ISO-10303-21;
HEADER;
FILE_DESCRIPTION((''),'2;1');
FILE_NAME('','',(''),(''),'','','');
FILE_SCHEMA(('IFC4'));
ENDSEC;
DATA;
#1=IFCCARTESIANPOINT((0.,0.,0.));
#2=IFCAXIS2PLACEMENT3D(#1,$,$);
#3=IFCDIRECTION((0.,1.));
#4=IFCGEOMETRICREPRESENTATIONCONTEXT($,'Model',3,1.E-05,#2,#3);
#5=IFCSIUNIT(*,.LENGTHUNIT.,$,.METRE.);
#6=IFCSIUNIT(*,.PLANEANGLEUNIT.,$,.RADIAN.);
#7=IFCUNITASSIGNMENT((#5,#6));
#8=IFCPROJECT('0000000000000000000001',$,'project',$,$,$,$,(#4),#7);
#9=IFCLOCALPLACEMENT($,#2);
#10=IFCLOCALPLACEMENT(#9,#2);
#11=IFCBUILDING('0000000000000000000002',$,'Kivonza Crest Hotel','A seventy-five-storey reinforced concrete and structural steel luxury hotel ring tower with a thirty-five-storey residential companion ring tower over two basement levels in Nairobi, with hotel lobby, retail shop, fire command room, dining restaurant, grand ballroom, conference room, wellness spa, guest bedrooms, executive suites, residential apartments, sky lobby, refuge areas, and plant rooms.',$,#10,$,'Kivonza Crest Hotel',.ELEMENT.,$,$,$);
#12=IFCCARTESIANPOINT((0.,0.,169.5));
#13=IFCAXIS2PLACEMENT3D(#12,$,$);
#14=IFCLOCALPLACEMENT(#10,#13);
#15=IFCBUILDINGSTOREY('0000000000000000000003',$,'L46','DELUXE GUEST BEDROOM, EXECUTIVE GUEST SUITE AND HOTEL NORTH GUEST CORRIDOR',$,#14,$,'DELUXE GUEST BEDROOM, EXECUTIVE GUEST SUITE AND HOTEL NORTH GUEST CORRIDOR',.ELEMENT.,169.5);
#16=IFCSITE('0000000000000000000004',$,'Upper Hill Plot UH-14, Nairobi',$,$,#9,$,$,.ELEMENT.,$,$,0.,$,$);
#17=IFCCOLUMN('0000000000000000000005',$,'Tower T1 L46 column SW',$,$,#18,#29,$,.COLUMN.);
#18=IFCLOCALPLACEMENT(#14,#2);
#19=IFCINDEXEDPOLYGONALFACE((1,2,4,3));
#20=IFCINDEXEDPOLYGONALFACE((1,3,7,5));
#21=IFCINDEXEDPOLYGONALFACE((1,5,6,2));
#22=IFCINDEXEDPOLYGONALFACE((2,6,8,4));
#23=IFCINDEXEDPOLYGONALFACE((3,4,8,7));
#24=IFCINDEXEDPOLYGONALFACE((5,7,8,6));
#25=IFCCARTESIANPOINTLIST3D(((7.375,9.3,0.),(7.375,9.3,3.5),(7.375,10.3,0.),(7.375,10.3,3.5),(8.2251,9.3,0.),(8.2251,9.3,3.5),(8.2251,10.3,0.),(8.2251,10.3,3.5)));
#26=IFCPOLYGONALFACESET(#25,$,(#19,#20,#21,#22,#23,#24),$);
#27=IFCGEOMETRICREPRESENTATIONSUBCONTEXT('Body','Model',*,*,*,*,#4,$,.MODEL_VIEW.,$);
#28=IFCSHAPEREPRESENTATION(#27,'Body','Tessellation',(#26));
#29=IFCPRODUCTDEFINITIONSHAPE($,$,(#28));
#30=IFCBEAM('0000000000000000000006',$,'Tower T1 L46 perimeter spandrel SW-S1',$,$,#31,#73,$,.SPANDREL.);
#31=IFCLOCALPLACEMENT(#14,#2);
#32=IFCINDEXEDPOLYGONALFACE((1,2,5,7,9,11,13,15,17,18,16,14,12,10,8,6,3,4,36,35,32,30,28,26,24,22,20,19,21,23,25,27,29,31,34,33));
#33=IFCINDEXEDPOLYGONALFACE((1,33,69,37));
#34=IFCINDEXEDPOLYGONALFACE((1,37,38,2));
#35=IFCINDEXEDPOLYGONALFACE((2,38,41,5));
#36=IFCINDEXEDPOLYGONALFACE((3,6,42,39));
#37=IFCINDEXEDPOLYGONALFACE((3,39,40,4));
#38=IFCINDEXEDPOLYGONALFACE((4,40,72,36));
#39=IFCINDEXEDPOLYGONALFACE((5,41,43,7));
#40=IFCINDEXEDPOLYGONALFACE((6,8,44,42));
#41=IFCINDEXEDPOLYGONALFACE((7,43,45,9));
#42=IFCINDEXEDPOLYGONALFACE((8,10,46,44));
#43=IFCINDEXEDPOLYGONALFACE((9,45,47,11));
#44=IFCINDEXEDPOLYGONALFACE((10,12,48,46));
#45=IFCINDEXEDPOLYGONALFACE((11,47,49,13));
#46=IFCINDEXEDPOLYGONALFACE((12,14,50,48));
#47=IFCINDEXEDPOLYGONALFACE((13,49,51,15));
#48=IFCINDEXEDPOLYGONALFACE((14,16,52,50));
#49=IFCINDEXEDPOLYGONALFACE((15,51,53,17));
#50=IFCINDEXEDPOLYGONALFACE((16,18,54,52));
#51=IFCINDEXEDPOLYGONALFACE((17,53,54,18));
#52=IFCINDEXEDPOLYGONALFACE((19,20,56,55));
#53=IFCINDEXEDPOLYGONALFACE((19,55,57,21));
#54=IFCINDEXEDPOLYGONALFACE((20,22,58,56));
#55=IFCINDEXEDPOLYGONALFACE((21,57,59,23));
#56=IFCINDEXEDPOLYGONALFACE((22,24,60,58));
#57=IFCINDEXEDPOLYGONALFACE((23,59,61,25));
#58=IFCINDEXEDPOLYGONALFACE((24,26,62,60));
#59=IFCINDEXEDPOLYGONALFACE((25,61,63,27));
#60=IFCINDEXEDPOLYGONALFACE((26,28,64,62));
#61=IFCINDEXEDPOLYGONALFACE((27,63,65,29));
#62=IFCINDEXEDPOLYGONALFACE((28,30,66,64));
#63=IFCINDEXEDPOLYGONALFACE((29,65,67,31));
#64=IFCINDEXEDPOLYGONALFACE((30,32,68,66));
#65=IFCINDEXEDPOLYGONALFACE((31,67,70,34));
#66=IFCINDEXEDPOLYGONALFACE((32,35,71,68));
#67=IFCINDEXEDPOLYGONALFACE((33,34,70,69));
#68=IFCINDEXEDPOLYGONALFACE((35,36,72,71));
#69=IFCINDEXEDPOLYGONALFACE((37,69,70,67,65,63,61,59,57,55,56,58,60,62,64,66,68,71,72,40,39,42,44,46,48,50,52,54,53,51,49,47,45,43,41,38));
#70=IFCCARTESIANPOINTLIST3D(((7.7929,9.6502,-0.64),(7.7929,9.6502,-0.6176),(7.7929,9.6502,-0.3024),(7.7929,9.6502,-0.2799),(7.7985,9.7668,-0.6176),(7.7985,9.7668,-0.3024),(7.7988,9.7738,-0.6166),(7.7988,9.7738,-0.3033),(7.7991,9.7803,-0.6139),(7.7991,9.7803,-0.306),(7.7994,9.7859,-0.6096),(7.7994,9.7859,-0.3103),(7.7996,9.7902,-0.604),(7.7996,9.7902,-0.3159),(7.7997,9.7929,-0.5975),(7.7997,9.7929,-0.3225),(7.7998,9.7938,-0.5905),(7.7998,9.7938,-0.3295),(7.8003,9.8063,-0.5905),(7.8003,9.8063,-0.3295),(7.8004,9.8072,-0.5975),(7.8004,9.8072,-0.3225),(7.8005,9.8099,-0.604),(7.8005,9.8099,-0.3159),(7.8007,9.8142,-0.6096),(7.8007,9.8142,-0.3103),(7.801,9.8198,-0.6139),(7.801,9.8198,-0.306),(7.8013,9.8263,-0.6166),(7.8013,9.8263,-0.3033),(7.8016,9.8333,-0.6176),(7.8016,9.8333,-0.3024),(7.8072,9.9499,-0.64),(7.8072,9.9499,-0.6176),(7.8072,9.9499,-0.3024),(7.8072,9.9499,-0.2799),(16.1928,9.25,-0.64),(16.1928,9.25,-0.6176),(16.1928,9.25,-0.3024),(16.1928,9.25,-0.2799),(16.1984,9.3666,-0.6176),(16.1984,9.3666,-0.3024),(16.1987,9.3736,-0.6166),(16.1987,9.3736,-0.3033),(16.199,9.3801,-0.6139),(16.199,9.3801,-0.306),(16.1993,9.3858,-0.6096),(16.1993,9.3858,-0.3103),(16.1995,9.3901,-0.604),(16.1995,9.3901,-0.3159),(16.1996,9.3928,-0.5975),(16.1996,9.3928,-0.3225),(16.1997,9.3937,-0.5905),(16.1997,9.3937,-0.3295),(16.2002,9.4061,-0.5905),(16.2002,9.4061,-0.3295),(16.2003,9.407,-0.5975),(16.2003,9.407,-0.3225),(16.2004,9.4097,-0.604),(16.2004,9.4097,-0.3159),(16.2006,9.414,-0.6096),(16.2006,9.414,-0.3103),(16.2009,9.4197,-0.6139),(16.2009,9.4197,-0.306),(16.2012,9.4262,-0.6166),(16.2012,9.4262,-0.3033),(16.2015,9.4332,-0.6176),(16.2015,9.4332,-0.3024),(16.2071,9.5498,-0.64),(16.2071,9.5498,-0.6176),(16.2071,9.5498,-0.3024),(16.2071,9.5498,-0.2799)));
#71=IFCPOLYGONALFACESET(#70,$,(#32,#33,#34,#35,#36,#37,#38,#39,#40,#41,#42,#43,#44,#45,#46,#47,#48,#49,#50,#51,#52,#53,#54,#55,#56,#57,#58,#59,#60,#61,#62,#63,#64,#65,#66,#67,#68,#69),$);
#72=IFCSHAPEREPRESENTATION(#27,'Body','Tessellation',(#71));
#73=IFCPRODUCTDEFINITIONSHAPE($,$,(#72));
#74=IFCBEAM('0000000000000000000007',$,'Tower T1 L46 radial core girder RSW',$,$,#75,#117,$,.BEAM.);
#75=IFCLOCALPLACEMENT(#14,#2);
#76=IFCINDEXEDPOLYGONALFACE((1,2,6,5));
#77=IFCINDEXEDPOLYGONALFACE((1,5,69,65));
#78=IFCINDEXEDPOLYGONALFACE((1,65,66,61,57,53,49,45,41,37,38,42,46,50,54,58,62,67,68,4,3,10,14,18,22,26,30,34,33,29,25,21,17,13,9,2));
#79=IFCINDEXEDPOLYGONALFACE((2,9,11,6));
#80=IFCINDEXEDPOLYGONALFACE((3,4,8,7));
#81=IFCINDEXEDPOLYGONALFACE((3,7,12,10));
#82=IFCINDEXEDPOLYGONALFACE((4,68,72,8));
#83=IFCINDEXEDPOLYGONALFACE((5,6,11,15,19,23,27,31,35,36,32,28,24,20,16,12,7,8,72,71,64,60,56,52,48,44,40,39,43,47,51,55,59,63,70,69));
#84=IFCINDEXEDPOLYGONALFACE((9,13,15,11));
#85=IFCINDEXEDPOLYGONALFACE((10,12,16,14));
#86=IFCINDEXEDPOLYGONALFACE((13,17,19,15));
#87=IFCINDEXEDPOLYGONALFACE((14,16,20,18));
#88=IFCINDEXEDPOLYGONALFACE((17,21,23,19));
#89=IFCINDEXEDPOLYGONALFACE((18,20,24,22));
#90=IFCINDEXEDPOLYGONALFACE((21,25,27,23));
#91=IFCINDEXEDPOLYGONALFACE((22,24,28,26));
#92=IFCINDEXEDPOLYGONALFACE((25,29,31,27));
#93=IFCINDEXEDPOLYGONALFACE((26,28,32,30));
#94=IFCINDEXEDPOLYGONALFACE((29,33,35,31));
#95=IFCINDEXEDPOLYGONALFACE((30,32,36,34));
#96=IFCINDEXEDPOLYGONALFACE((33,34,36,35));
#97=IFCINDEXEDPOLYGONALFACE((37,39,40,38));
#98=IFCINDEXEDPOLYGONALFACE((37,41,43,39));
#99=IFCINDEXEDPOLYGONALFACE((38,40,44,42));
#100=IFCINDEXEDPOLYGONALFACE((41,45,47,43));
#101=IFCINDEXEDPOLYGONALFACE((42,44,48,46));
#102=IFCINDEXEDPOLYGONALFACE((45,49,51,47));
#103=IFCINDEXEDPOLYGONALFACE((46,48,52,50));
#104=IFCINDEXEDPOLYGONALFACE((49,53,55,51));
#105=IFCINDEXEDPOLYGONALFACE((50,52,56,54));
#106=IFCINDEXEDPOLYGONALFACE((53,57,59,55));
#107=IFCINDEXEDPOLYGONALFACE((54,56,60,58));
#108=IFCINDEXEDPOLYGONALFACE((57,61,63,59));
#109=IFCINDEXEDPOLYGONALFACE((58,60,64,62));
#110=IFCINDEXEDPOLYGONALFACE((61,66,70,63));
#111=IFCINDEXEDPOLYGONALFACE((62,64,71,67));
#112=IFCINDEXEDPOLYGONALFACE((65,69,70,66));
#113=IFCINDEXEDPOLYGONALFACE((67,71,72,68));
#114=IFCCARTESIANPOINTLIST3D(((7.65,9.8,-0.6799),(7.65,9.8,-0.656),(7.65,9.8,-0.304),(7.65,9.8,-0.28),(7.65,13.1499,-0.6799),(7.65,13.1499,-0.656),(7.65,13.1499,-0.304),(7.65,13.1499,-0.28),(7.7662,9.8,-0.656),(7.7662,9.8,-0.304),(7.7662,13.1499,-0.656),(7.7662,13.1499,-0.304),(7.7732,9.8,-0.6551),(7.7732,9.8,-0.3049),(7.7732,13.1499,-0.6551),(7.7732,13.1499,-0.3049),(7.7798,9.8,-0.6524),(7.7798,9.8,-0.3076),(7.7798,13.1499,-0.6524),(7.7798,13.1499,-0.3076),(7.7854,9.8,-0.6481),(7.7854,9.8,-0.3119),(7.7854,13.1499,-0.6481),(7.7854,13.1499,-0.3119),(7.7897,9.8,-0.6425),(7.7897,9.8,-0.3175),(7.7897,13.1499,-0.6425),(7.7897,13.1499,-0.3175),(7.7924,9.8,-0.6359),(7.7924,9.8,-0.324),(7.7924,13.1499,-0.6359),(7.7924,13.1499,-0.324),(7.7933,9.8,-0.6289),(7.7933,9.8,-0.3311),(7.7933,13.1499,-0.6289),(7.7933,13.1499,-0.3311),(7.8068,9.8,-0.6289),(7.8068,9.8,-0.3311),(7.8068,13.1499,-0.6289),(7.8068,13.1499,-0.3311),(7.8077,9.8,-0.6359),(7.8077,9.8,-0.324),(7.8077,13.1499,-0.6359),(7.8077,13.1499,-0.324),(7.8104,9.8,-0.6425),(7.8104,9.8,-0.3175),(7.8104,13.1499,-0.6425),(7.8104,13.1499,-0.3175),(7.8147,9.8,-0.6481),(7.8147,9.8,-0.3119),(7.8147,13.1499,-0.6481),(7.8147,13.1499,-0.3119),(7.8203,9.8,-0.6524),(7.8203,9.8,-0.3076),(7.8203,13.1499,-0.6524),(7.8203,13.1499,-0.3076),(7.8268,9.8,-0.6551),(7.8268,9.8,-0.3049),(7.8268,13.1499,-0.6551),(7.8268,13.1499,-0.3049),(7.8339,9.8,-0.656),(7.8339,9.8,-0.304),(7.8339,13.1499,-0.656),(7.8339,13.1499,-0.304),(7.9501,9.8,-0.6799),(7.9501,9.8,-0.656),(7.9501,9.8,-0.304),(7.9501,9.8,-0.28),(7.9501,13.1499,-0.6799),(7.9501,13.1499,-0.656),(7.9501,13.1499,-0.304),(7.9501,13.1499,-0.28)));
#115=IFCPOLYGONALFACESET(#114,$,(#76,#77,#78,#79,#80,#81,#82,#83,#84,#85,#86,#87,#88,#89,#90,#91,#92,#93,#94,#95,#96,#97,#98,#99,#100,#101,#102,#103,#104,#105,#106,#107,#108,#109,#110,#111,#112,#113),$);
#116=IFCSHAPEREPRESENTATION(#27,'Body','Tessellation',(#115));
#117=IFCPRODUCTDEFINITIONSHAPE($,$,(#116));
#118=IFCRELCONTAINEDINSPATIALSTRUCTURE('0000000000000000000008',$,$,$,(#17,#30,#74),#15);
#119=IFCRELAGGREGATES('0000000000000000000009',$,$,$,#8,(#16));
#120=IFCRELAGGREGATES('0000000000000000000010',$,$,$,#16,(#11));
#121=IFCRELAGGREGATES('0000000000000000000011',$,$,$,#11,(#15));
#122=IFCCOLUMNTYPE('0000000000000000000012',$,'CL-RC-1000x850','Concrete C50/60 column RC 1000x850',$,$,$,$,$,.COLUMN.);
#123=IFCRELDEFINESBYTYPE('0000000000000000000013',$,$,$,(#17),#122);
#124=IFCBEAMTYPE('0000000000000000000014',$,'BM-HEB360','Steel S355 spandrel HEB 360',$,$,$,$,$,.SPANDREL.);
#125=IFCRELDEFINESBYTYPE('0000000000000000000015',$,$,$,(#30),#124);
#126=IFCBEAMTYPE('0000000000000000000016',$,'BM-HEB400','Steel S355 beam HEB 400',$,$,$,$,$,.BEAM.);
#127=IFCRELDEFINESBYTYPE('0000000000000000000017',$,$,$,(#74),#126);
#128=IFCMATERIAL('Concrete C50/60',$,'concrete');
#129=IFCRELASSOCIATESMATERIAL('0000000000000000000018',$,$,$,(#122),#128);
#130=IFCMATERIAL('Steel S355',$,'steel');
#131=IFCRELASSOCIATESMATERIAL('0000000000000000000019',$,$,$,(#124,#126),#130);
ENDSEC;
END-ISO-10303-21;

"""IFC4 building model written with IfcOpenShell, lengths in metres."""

from ifc_helpers import new_model, si_unit, direction, frame, origin, origin_2d, place, context, subcontext, project, spatial, rectangle, i_section, extrude, material, material_profile, profile_set, type_object, element, save


model = new_model("IFC4")

# Units and contexts
model_context = context("Model", 3, precision=1e-05, world=origin(), true_north=direction((0.0, 1.0)))
body_context = subcontext(model_context, "Body", "Model", "MODEL_VIEW")
ifc_project = project(units=[si_unit("LENGTHUNIT", "METRE"), si_unit("PLANEANGLEUNIT", "RADIAN")], contexts=[model_context])

# Site, building, storey
site_placement = place(None, origin())
site = spatial("IfcSite", under=ifc_project, at=site_placement, Name="Upper Hill Plot UH-14, Nairobi", CompositionType="ELEMENT", RefElevation=0.0)
building_placement = place(site_placement, origin())
building = spatial("IfcBuilding", under=site, at=building_placement, Name="Kivonza Crest Hotel", Description="A seventy-five-storey reinforced concrete and structural steel luxury hotel ring tower with a thirty-five-storey residential companion ring tower over two basement levels in Nairobi, with hotel lobby, retail shop, fire command room, dining restaurant, grand ballroom, conference room, wellness spa, guest bedrooms, executive suites, residential apartments, sky lobby, refuge areas, and plant rooms.", LongName="Kivonza Crest Hotel", CompositionType="ELEMENT")
storey_placement = place(building_placement, frame((0.0, 0.0, 169.5)))
storey = spatial("IfcBuildingStorey", under=building, at=storey_placement, Name="L46", Description="DELUXE GUEST BEDROOM, EXECUTIVE GUEST SUITE AND HOTEL NORTH GUEST CORRIDOR", LongName="DELUXE GUEST BEDROOM, EXECUTIVE GUEST SUITE AND HOTEL NORTH GUEST CORRIDOR", CompositionType="ELEMENT", Elevation=169.5)

# Column
ifc_material_1 = material(Name="Concrete C50/60", Category="concrete")
ifc_material_profile_1 = material_profile(ifc_material_1, rectangle(XDim=0.8501, YDim=1.0, at=origin_2d()), Name="RC 1000x850")
ifc_profile_set_1 = profile_set([ifc_material_profile_1], Name="Concrete C50/60")
column_type = type_object("IfcColumnType", Name="CL-RC-1000x850", Description="Concrete C50/60 column RC 1000x850", PredefinedType="COLUMN", material=ifc_profile_set_1)
column_placement = place(storey_placement, frame((7.8, 9.8, 0.0), z_axis=(0.0, 0.0, 1.0), x_axis=(1.0, 0.0, 0.0)))
element("IfcColumn", 1, at=column_placement, inside=storey, type_object=column_type, Name="Tower T1 L46 column SW", PredefinedType="COLUMN", context=body_context, shape_type="SweptSolid", body=[
    extrude(rectangle(XDim=0.8501, YDim=1.0, at=origin_2d()), origin(), (0.0, 0.0, 1.0), 3.5),
])

# Beams
ifc_material_2 = material(Name="Steel S355", Category="steel")
ifc_material_profile_2 = material_profile(ifc_material_2, i_section(OverallWidth=0.3, OverallDepth=0.3601, WebThickness=0.0125, FlangeThickness=0.0225, FilletRadius=0.0271, at=origin_2d()), Name="HEB 360")
ifc_profile_set_2 = profile_set([ifc_material_profile_2], Name="Steel S355")
beam_type_1 = type_object("IfcBeamType", Name="BM-HEB360", Description="Steel S355 spandrel HEB 360", PredefinedType="SPANDREL", material=ifc_profile_set_2)
beam_1_placement = place(storey_placement, frame((7.8, 9.8, -0.46), z_axis=(0.998867, -0.047583, 0.0), x_axis=(0.047583, 0.998867, 0.0)))
element("IfcBeam", 2, at=beam_1_placement, inside=storey, type_object=beam_type_1, Name="Tower T1 L46 perimeter spandrel SW-S1", PredefinedType="SPANDREL", context=body_context, shape_type="SweptSolid", body=[
    extrude(i_section(OverallWidth=0.3, OverallDepth=0.3601, WebThickness=0.0125, FlangeThickness=0.0225, FilletRadius=0.0271, at=origin_2d()), origin(), (0.0, 0.0, 1.0), 8.4094),
])
ifc_material_profile_3 = material_profile(ifc_material_2, i_section(OverallWidth=0.3, OverallDepth=0.3999, WebThickness=0.0134, FlangeThickness=0.0239, FilletRadius=0.0271, at=origin_2d()), Name="HEB 400")
ifc_profile_set_3 = profile_set([ifc_material_profile_3], Name="Steel S355")
beam_type_2 = type_object("IfcBeamType", Name="BM-HEB400", Description="Steel S355 beam HEB 400", PredefinedType="BEAM", material=ifc_profile_set_3)
beam_2_placement = place(storey_placement, frame((7.8, 9.8, -0.48), z_axis=(0.0, 1.0, 0.0), x_axis=(-1.0, 0.0, 0.0)))
element("IfcBeam", 3, at=beam_2_placement, inside=storey, type_object=beam_type_2, Name="Tower T1 L46 radial core girder RSW", PredefinedType="BEAM", context=body_context, shape_type="SweptSolid", body=[
    extrude(i_section(OverallWidth=0.3, OverallDepth=0.3999, WebThickness=0.0134, FlangeThickness=0.0239, FilletRadius=0.0271, at=origin_2d()), origin(), (0.0, 0.0, 1.0), 3.3499),
])

save(model, "model.ifc")
